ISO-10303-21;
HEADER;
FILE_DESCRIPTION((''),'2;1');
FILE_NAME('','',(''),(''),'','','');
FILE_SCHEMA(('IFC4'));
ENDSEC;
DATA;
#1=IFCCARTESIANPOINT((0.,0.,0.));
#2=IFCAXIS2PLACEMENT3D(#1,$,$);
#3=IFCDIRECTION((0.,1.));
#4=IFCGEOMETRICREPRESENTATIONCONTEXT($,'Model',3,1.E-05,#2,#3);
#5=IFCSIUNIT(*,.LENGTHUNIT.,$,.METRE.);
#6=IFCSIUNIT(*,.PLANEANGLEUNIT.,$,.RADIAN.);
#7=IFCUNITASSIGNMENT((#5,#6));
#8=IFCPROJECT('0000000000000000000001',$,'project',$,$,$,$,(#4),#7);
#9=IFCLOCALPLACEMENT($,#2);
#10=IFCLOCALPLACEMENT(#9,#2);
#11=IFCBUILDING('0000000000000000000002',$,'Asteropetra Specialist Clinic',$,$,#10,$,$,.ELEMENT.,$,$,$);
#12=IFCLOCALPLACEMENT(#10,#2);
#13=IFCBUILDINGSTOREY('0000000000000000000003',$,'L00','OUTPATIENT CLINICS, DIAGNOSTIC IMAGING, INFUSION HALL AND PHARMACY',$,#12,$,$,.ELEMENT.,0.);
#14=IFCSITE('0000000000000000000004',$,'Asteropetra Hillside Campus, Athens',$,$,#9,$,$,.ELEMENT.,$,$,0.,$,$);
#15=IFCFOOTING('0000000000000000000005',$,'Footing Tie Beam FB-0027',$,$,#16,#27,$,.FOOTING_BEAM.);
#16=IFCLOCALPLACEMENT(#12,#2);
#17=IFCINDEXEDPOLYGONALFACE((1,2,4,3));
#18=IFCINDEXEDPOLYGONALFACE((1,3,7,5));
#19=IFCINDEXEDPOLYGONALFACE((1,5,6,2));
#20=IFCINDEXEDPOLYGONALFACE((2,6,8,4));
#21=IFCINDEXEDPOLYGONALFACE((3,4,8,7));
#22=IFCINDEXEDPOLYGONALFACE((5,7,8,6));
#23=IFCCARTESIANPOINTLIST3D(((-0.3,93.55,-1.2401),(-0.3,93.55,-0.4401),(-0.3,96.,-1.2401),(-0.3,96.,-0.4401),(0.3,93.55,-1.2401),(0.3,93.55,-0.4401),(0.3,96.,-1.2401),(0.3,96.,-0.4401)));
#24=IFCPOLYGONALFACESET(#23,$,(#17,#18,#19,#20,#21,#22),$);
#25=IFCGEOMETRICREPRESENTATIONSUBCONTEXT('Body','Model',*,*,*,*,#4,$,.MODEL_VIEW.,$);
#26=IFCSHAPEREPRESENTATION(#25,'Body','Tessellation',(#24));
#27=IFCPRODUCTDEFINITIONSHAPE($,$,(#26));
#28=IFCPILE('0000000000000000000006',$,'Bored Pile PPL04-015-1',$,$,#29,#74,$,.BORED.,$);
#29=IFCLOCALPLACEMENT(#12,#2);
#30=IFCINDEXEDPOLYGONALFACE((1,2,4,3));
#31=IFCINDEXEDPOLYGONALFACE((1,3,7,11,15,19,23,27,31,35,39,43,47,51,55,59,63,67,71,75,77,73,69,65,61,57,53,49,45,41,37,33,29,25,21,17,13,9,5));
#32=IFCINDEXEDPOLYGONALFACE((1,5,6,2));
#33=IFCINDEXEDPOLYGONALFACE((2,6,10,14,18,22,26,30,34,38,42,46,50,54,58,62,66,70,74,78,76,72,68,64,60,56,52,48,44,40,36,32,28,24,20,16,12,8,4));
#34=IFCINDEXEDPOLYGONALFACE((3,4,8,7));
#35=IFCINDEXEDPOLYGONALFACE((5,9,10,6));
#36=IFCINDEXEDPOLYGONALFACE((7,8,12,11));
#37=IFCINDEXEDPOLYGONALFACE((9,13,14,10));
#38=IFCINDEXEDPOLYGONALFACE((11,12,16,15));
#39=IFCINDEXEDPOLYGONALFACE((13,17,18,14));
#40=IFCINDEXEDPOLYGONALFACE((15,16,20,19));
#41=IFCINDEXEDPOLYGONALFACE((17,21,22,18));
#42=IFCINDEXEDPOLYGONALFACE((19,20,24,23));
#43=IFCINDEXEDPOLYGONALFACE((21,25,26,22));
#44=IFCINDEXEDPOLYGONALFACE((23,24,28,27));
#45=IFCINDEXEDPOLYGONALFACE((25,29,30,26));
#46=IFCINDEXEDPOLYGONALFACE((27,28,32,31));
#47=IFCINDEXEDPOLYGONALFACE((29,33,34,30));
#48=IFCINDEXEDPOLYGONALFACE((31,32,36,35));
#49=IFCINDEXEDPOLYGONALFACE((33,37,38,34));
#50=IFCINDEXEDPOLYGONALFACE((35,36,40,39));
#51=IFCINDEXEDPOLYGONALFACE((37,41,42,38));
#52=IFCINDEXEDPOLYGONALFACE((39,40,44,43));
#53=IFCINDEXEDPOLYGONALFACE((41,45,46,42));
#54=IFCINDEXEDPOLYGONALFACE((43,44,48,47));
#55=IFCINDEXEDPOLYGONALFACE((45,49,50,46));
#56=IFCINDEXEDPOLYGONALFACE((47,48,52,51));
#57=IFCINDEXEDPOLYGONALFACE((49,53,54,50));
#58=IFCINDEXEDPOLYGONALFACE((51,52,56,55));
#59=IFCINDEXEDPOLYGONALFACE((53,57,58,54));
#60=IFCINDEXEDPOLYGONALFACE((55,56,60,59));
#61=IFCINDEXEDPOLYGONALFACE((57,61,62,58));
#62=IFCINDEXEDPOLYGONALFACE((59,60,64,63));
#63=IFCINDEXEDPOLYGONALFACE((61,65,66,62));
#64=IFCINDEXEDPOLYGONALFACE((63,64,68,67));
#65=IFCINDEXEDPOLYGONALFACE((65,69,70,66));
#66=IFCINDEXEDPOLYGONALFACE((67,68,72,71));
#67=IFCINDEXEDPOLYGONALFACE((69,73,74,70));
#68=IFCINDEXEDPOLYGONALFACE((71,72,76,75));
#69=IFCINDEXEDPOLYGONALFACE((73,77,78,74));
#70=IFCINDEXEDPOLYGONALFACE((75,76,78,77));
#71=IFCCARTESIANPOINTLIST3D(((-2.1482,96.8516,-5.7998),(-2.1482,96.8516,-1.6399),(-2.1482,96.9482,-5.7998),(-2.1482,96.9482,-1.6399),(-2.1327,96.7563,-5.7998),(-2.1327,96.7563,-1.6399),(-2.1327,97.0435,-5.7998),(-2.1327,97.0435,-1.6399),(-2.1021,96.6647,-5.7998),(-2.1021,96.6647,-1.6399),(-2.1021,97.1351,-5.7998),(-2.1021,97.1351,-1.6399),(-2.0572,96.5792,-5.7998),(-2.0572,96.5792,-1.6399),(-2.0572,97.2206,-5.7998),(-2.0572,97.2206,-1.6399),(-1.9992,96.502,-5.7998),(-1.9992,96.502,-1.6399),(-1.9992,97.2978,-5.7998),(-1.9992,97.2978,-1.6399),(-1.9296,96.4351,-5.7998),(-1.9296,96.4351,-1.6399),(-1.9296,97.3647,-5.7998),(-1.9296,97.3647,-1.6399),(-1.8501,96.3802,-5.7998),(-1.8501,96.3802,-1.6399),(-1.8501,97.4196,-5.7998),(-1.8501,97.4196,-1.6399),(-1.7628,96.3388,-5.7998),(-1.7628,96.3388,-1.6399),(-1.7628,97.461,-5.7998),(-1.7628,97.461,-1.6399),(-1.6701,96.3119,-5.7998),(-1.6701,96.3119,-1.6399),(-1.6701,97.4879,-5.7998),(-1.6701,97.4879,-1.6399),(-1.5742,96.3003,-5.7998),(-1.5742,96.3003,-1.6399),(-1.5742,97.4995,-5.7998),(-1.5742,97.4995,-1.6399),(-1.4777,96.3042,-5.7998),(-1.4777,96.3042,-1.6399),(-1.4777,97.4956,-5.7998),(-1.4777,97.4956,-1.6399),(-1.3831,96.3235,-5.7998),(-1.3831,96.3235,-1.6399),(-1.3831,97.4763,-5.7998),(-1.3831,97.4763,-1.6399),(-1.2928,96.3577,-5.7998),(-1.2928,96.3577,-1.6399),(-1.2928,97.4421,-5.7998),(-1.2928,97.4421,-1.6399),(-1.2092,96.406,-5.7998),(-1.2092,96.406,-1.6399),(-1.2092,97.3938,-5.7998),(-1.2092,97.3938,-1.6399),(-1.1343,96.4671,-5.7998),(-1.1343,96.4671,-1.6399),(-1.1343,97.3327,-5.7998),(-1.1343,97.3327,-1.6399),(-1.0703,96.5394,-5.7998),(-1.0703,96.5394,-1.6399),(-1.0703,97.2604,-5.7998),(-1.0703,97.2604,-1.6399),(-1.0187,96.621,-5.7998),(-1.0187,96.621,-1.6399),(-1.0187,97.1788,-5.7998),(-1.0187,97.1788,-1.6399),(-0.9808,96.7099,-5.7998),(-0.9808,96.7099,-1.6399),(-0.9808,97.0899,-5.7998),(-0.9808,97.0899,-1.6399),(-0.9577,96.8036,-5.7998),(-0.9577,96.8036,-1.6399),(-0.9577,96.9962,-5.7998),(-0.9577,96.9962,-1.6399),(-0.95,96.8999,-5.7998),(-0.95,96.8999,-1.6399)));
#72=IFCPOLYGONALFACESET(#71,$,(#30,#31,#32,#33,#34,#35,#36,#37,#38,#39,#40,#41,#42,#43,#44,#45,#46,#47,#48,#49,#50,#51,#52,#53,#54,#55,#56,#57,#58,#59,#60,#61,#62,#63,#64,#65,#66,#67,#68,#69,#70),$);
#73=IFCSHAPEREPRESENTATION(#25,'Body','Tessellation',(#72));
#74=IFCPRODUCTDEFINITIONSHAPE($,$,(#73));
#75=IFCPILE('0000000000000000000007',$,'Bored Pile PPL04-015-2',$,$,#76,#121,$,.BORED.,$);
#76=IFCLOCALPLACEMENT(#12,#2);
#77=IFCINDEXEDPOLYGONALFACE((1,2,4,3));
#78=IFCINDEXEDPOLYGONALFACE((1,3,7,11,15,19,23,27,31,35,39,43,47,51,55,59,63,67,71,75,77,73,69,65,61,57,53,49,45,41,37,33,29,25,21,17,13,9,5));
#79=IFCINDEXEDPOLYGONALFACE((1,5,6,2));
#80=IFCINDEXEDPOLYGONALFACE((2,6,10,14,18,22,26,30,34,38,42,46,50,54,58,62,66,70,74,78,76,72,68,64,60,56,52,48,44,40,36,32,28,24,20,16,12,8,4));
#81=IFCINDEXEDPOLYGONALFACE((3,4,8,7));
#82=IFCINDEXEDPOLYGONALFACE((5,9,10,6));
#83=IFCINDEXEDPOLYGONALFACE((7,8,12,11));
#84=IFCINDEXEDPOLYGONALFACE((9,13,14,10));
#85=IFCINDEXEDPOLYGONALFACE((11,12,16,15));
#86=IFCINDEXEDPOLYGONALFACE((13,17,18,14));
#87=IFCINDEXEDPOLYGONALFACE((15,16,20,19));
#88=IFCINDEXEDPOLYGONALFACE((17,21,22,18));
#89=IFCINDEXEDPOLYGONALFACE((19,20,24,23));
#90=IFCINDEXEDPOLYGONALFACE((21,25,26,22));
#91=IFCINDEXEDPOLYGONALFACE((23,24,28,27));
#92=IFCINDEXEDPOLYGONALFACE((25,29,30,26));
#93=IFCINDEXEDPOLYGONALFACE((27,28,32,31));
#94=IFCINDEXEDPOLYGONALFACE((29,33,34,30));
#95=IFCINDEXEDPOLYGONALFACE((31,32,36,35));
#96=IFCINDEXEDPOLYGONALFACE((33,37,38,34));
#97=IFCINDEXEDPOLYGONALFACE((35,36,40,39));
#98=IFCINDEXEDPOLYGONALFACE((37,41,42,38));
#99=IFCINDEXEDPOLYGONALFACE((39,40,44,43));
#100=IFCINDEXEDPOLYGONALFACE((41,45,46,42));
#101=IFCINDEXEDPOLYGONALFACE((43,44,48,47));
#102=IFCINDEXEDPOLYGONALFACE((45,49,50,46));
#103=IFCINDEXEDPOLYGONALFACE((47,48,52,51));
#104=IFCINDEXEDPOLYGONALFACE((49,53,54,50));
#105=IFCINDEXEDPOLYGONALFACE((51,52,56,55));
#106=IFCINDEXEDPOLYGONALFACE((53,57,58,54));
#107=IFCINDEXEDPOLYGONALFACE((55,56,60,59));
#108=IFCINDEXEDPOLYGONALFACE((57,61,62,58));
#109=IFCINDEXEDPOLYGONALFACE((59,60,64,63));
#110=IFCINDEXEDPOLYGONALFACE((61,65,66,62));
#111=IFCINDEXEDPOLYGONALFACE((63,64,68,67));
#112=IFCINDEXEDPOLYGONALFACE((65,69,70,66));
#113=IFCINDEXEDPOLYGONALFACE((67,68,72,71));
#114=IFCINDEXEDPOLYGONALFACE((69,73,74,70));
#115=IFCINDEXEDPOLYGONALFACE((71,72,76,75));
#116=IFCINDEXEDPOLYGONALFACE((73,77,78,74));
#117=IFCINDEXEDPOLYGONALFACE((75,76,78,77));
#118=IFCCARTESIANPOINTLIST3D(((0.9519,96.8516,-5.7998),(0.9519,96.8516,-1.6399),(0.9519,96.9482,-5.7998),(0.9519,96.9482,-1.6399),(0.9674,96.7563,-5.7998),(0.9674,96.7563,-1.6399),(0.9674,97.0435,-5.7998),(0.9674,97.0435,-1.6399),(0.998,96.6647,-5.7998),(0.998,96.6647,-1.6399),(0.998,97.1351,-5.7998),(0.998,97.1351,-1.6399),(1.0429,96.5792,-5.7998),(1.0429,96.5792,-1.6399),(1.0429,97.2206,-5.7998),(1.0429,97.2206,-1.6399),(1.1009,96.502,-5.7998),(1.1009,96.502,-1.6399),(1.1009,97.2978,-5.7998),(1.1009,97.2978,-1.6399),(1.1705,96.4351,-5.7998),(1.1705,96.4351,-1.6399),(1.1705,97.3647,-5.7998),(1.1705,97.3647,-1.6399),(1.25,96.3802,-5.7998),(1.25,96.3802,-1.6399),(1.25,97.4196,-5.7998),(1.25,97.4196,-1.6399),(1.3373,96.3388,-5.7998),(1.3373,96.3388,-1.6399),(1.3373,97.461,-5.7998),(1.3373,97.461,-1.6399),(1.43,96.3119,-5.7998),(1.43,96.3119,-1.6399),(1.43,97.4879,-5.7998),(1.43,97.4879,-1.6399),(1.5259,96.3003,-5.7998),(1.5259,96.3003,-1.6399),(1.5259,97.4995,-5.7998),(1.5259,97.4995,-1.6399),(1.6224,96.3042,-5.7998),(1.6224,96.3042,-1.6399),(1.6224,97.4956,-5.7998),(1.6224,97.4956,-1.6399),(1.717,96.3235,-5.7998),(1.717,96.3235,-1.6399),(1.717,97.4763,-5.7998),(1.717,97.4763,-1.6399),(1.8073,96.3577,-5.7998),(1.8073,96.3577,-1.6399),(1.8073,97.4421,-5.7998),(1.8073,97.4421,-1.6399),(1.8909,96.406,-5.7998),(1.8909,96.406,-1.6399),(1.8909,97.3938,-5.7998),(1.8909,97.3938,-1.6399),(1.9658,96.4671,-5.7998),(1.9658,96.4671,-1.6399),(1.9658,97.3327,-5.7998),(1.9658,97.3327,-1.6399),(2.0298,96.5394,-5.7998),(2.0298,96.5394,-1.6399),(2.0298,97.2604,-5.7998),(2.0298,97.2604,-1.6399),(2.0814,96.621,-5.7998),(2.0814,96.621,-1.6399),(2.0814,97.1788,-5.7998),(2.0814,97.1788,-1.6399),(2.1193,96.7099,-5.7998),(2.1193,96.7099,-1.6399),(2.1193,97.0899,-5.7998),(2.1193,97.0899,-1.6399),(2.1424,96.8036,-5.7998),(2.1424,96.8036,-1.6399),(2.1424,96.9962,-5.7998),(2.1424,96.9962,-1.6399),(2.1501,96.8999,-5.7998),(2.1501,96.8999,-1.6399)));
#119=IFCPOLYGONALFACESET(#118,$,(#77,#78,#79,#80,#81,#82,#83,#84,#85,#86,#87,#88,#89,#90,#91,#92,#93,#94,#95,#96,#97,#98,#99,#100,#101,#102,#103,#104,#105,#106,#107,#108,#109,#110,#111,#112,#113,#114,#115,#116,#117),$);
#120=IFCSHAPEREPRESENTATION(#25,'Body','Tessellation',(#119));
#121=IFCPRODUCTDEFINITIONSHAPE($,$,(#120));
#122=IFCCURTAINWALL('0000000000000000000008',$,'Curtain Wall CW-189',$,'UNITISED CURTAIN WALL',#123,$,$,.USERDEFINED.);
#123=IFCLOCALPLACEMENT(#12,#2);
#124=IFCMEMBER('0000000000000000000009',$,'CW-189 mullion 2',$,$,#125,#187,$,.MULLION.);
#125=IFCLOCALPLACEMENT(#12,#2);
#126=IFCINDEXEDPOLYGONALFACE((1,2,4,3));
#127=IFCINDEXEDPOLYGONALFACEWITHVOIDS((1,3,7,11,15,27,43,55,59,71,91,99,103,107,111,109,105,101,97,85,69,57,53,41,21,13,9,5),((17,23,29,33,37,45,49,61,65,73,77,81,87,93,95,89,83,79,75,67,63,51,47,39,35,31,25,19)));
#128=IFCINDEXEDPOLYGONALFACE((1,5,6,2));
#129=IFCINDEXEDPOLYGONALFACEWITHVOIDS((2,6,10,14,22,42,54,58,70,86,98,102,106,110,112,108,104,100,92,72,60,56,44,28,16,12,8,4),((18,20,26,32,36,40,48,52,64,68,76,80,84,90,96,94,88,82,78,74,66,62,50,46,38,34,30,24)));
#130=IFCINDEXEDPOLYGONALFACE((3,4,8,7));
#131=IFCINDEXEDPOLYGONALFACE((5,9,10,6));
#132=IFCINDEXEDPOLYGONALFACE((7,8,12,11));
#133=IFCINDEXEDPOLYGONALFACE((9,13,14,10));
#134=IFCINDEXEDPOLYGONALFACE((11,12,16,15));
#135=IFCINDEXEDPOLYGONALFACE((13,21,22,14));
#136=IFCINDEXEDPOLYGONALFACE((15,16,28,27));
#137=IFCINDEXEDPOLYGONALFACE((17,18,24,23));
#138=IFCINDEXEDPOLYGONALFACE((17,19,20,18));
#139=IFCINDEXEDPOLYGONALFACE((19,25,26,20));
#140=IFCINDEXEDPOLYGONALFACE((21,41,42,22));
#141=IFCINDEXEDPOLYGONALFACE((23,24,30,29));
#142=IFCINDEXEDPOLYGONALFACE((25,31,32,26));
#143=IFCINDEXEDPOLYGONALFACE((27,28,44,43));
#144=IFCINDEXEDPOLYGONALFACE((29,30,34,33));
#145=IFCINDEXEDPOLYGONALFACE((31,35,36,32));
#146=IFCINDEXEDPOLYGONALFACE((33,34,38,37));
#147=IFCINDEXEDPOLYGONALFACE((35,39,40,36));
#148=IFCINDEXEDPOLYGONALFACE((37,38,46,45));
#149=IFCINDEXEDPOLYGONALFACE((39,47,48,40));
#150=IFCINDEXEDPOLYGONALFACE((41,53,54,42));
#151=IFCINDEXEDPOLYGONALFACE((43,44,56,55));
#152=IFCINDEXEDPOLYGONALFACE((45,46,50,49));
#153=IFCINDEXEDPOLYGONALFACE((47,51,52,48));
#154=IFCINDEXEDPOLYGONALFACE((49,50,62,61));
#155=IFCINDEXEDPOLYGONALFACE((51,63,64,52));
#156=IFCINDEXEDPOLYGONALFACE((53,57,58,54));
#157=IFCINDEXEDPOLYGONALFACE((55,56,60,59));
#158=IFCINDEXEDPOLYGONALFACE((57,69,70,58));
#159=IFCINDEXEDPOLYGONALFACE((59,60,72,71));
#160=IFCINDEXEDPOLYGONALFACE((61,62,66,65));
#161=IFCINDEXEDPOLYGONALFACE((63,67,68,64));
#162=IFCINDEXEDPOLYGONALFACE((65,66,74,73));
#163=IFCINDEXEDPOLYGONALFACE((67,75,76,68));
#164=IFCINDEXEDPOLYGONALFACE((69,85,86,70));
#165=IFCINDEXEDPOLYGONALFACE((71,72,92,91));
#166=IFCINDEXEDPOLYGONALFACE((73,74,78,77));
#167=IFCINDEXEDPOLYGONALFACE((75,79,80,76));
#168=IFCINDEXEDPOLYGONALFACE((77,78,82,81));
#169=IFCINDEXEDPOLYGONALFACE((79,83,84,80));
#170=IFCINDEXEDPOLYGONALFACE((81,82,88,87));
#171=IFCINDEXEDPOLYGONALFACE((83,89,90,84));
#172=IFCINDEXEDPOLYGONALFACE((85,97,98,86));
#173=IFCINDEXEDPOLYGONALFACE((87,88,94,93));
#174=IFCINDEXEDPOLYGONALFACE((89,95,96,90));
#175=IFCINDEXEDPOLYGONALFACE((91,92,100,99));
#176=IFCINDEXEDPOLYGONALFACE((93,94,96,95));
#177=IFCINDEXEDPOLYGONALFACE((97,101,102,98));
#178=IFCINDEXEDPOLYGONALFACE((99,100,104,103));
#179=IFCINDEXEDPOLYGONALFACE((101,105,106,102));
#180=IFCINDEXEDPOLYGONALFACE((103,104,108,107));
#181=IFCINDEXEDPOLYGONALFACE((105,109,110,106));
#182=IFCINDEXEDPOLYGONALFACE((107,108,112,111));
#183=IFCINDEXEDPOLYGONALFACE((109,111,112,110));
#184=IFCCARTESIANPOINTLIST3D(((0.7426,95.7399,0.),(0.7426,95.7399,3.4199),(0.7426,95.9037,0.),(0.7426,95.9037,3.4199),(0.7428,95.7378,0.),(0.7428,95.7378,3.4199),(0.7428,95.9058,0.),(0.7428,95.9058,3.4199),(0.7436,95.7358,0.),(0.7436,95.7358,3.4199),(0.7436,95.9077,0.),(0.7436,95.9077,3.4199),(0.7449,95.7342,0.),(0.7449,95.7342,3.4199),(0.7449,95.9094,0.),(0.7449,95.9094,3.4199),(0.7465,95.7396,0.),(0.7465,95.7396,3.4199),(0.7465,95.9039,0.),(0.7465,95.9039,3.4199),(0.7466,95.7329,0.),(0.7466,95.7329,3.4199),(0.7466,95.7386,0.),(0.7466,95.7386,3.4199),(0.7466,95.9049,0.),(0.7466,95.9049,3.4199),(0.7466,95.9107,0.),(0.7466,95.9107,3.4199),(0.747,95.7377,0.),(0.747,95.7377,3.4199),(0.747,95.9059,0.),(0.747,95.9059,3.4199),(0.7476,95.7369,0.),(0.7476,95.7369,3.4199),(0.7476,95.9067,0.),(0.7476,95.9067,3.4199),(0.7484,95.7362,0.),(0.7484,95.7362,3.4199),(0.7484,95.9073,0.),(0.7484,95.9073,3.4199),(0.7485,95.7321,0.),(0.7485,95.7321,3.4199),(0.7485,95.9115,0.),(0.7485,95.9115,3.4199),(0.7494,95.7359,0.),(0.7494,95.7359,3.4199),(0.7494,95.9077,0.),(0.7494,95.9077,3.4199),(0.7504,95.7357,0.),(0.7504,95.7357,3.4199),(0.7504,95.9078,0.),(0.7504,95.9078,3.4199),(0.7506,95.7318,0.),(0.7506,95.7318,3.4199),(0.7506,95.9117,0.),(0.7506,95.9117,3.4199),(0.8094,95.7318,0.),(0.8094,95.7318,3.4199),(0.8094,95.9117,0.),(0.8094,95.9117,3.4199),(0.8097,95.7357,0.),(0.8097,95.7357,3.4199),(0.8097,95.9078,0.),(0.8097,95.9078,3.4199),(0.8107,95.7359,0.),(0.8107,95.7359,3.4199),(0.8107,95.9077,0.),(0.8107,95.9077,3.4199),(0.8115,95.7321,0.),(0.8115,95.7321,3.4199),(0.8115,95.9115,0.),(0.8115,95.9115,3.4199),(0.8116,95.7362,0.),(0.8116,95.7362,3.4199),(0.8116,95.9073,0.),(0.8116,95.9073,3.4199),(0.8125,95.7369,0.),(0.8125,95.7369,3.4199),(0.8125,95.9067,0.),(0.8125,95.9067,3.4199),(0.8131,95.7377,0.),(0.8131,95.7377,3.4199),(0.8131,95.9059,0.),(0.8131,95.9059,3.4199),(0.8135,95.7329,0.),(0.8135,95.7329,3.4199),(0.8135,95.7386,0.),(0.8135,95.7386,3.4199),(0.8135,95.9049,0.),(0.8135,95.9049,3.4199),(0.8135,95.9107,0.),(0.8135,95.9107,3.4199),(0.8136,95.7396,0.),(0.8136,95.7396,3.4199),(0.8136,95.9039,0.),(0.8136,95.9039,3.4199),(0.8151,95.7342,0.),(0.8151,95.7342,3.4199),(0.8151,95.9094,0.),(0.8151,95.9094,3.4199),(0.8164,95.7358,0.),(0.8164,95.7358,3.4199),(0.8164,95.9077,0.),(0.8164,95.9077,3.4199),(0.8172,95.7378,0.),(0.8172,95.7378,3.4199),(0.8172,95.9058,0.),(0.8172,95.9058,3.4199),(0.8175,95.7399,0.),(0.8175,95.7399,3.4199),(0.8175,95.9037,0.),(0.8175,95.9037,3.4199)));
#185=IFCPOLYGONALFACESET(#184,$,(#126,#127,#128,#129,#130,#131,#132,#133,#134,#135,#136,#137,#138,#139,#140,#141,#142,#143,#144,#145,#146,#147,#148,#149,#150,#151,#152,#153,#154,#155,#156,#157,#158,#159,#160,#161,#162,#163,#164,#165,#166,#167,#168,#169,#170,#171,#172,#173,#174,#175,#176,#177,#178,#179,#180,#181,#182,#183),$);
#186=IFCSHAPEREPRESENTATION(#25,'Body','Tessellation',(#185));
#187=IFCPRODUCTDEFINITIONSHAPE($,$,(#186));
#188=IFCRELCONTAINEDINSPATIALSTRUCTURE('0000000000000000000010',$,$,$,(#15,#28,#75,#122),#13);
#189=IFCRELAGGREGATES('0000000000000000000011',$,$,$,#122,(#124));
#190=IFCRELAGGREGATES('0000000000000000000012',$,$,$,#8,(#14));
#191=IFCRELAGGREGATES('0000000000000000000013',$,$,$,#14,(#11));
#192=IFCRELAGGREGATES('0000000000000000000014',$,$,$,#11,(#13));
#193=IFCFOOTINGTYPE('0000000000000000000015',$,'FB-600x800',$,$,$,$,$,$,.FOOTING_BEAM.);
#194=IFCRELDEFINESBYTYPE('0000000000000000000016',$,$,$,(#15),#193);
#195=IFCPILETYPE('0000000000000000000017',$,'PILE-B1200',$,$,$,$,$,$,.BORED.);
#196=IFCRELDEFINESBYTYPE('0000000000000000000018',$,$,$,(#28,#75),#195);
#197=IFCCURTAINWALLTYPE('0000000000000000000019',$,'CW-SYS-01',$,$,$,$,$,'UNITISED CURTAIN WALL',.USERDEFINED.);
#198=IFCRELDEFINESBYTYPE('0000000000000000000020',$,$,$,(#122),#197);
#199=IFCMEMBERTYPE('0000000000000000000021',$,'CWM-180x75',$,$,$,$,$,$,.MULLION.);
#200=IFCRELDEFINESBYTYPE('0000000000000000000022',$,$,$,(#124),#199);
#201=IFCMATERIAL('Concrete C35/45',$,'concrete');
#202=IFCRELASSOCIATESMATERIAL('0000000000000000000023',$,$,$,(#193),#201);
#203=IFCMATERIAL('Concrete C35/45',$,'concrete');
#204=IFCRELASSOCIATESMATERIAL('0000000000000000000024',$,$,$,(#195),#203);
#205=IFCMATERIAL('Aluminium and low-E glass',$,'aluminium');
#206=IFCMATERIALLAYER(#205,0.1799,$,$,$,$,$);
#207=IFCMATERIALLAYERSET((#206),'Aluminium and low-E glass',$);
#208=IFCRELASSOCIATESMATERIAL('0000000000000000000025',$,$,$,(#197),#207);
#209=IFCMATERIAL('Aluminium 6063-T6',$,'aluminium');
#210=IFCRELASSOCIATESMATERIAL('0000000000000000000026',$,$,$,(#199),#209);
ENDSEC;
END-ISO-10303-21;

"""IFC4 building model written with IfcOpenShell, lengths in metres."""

from ifc_helpers import new_model, si_unit, direction, frame, origin, origin_2d, place, context, subcontext, project, spatial, rectangle, hollow_rectangle, circle, extrude, material, layer, layer_set, material_profile, profile_set, type_object, element, aggregate, save


model = new_model("IFC4")

# Units and contexts
model_context = context("Model", 3, precision=1e-05, world=origin(), true_north=direction((0.0, 1.0)))
body_context = subcontext(model_context, "Body", "Model", "MODEL_VIEW")
ifc_project = project(units=[si_unit("LENGTHUNIT", "METRE"), si_unit("PLANEANGLEUNIT", "RADIAN")], contexts=[model_context])

# Site, building, storey
site_placement = place(None, origin())
site = spatial("IfcSite", under=ifc_project, at=site_placement, Name="Asteropetra Hillside Campus, Athens", CompositionType="ELEMENT", RefElevation=0.0)
building_placement = place(site_placement, origin())
building = spatial("IfcBuilding", under=site, at=building_placement, Name="Asteropetra Specialist Clinic", CompositionType="ELEMENT")
storey_placement = place(building_placement, origin())
storey = spatial("IfcBuildingStorey", under=building, at=storey_placement, Name="L00", Description="OUTPATIENT CLINICS, DIAGNOSTIC IMAGING, INFUSION HALL AND PHARMACY", CompositionType="ELEMENT", Elevation=0.0)

# Footing
ifc_material_1 = material(Name="Concrete C35/45", Category="concrete")
ifc_material_profile_1 = material_profile(ifc_material_1, rectangle(XDim=0.6001, YDim=0.8, at=origin_2d()), Name="FB 600x800")
ifc_profile_set_1 = profile_set([ifc_material_profile_1], Name="Concrete C35/45")
footing_type = type_object("IfcFootingType", Name="FB-600x800", PredefinedType="FOOTING_BEAM", material=ifc_profile_set_1)
footing_placement = place(storey_placement, frame((0.0, 93.55, -0.8401), z_axis=(0.0, 1.0, 0.0), x_axis=(-1.0, 0.0, 0.0)))
element("IfcFooting", 1, at=footing_placement, inside=storey, type_object=footing_type, Name="Footing Tie Beam FB-0027", PredefinedType="FOOTING_BEAM", context=body_context, shape_type="SweptSolid", body=[
    extrude(rectangle(XDim=0.6001, YDim=0.8, at=origin_2d()), origin(), (0.0, 0.0, 1.0), 2.45),
])

# Piles
ifc_material_2 = material(Name="Concrete C35/45", Category="concrete")
ifc_material_profile_2 = material_profile(ifc_material_2, circle(Radius=0.6001, at=origin_2d()), Name="PILE D1200")
ifc_profile_set_2 = profile_set([ifc_material_profile_2], Name="Concrete C35/45")
pile_type = type_object("IfcPileType", Name="PILE-B1200", PredefinedType="BORED", material=ifc_profile_set_2)
for number, where, z_axis, x_axis, name in (
    (2, (-1.55, 96.8999, -1.6399), (0.0, 0.0, -1.0), (1.0, 0.0, 0.0), "Bored Pile PPL04-015-1"),
    (3, (1.55, 96.8999, -1.6399), (0.0, 0.0, -1.0), (1.0, 0.0, 0.0), "Bored Pile PPL04-015-2"),
):
    element("IfcPile", number, at=place(storey_placement, frame(where, z_axis=z_axis, x_axis=x_axis)), inside=storey, type_object=pile_type, Name=name, PredefinedType="BORED", context=body_context, shape_type="SweptSolid", body=[
        extrude(circle(Radius=0.6001, at=origin_2d()), origin(), (0.0, 0.0, 1.0), 4.1599),
    ])

# Curtain wall, member
ifc_material_3 = material(Name="Aluminium and low-E glass", Category="aluminium")
ifc_layer_1 = layer(ifc_material_3, 0.1799)
ifc_layer_set_1 = layer_set([ifc_layer_1], Name="Aluminium and low-E glass")
curtain_wall_type = type_object("IfcCurtainWallType", Name="CW-SYS-01", ElementType="UNITISED CURTAIN WALL", PredefinedType="USERDEFINED", material=ifc_layer_set_1)
curtain_wall_placement = place(storey_placement, origin())
curtain_wall = element("IfcCurtainWall", 4, at=curtain_wall_placement, inside=storey, type_object=curtain_wall_type, Name="Curtain Wall CW-189", ObjectType="UNITISED CURTAIN WALL", PredefinedType="USERDEFINED")
ifc_material_4 = material(Name="Aluminium 6063-T6", Category="aluminium")
ifc_material_profile_3 = material_profile(ifc_material_4, hollow_rectangle(XDim=0.075, YDim=0.1799, WallThickness=0.0039, InnerFilletRadius=0.0039, OuterFilletRadius=0.0081, at=origin_2d()), Name="MUL 180x75x4.0")
ifc_profile_set_3 = profile_set([ifc_material_profile_3], Name="Aluminium 6063-T6")
member_type_1 = type_object("IfcMemberType", Name="CWM-180x75", PredefinedType="MULLION", material=ifc_profile_set_3)
member_1_placement = place(storey_placement, frame((0.78, 95.8218, 0.0), z_axis=(0.0, 0.0, 1.0), x_axis=(1.0, 0.0, 0.0)))
member_1 = element("IfcMember", 5, at=member_1_placement, type_object=member_type_1, Name="CW-189 mullion 2", PredefinedType="MULLION", context=body_context, shape_type="SweptSolid", body=[
    extrude(hollow_rectangle(XDim=0.075, YDim=0.1799, WallThickness=0.0039, InnerFilletRadius=0.0039, OuterFilletRadius=0.0081, at=origin_2d()), origin(), (0.0, 0.0, 1.0), 3.4199),
])
aggregate(curtain_wall, [member_1])

save(model, "model.ifc")
